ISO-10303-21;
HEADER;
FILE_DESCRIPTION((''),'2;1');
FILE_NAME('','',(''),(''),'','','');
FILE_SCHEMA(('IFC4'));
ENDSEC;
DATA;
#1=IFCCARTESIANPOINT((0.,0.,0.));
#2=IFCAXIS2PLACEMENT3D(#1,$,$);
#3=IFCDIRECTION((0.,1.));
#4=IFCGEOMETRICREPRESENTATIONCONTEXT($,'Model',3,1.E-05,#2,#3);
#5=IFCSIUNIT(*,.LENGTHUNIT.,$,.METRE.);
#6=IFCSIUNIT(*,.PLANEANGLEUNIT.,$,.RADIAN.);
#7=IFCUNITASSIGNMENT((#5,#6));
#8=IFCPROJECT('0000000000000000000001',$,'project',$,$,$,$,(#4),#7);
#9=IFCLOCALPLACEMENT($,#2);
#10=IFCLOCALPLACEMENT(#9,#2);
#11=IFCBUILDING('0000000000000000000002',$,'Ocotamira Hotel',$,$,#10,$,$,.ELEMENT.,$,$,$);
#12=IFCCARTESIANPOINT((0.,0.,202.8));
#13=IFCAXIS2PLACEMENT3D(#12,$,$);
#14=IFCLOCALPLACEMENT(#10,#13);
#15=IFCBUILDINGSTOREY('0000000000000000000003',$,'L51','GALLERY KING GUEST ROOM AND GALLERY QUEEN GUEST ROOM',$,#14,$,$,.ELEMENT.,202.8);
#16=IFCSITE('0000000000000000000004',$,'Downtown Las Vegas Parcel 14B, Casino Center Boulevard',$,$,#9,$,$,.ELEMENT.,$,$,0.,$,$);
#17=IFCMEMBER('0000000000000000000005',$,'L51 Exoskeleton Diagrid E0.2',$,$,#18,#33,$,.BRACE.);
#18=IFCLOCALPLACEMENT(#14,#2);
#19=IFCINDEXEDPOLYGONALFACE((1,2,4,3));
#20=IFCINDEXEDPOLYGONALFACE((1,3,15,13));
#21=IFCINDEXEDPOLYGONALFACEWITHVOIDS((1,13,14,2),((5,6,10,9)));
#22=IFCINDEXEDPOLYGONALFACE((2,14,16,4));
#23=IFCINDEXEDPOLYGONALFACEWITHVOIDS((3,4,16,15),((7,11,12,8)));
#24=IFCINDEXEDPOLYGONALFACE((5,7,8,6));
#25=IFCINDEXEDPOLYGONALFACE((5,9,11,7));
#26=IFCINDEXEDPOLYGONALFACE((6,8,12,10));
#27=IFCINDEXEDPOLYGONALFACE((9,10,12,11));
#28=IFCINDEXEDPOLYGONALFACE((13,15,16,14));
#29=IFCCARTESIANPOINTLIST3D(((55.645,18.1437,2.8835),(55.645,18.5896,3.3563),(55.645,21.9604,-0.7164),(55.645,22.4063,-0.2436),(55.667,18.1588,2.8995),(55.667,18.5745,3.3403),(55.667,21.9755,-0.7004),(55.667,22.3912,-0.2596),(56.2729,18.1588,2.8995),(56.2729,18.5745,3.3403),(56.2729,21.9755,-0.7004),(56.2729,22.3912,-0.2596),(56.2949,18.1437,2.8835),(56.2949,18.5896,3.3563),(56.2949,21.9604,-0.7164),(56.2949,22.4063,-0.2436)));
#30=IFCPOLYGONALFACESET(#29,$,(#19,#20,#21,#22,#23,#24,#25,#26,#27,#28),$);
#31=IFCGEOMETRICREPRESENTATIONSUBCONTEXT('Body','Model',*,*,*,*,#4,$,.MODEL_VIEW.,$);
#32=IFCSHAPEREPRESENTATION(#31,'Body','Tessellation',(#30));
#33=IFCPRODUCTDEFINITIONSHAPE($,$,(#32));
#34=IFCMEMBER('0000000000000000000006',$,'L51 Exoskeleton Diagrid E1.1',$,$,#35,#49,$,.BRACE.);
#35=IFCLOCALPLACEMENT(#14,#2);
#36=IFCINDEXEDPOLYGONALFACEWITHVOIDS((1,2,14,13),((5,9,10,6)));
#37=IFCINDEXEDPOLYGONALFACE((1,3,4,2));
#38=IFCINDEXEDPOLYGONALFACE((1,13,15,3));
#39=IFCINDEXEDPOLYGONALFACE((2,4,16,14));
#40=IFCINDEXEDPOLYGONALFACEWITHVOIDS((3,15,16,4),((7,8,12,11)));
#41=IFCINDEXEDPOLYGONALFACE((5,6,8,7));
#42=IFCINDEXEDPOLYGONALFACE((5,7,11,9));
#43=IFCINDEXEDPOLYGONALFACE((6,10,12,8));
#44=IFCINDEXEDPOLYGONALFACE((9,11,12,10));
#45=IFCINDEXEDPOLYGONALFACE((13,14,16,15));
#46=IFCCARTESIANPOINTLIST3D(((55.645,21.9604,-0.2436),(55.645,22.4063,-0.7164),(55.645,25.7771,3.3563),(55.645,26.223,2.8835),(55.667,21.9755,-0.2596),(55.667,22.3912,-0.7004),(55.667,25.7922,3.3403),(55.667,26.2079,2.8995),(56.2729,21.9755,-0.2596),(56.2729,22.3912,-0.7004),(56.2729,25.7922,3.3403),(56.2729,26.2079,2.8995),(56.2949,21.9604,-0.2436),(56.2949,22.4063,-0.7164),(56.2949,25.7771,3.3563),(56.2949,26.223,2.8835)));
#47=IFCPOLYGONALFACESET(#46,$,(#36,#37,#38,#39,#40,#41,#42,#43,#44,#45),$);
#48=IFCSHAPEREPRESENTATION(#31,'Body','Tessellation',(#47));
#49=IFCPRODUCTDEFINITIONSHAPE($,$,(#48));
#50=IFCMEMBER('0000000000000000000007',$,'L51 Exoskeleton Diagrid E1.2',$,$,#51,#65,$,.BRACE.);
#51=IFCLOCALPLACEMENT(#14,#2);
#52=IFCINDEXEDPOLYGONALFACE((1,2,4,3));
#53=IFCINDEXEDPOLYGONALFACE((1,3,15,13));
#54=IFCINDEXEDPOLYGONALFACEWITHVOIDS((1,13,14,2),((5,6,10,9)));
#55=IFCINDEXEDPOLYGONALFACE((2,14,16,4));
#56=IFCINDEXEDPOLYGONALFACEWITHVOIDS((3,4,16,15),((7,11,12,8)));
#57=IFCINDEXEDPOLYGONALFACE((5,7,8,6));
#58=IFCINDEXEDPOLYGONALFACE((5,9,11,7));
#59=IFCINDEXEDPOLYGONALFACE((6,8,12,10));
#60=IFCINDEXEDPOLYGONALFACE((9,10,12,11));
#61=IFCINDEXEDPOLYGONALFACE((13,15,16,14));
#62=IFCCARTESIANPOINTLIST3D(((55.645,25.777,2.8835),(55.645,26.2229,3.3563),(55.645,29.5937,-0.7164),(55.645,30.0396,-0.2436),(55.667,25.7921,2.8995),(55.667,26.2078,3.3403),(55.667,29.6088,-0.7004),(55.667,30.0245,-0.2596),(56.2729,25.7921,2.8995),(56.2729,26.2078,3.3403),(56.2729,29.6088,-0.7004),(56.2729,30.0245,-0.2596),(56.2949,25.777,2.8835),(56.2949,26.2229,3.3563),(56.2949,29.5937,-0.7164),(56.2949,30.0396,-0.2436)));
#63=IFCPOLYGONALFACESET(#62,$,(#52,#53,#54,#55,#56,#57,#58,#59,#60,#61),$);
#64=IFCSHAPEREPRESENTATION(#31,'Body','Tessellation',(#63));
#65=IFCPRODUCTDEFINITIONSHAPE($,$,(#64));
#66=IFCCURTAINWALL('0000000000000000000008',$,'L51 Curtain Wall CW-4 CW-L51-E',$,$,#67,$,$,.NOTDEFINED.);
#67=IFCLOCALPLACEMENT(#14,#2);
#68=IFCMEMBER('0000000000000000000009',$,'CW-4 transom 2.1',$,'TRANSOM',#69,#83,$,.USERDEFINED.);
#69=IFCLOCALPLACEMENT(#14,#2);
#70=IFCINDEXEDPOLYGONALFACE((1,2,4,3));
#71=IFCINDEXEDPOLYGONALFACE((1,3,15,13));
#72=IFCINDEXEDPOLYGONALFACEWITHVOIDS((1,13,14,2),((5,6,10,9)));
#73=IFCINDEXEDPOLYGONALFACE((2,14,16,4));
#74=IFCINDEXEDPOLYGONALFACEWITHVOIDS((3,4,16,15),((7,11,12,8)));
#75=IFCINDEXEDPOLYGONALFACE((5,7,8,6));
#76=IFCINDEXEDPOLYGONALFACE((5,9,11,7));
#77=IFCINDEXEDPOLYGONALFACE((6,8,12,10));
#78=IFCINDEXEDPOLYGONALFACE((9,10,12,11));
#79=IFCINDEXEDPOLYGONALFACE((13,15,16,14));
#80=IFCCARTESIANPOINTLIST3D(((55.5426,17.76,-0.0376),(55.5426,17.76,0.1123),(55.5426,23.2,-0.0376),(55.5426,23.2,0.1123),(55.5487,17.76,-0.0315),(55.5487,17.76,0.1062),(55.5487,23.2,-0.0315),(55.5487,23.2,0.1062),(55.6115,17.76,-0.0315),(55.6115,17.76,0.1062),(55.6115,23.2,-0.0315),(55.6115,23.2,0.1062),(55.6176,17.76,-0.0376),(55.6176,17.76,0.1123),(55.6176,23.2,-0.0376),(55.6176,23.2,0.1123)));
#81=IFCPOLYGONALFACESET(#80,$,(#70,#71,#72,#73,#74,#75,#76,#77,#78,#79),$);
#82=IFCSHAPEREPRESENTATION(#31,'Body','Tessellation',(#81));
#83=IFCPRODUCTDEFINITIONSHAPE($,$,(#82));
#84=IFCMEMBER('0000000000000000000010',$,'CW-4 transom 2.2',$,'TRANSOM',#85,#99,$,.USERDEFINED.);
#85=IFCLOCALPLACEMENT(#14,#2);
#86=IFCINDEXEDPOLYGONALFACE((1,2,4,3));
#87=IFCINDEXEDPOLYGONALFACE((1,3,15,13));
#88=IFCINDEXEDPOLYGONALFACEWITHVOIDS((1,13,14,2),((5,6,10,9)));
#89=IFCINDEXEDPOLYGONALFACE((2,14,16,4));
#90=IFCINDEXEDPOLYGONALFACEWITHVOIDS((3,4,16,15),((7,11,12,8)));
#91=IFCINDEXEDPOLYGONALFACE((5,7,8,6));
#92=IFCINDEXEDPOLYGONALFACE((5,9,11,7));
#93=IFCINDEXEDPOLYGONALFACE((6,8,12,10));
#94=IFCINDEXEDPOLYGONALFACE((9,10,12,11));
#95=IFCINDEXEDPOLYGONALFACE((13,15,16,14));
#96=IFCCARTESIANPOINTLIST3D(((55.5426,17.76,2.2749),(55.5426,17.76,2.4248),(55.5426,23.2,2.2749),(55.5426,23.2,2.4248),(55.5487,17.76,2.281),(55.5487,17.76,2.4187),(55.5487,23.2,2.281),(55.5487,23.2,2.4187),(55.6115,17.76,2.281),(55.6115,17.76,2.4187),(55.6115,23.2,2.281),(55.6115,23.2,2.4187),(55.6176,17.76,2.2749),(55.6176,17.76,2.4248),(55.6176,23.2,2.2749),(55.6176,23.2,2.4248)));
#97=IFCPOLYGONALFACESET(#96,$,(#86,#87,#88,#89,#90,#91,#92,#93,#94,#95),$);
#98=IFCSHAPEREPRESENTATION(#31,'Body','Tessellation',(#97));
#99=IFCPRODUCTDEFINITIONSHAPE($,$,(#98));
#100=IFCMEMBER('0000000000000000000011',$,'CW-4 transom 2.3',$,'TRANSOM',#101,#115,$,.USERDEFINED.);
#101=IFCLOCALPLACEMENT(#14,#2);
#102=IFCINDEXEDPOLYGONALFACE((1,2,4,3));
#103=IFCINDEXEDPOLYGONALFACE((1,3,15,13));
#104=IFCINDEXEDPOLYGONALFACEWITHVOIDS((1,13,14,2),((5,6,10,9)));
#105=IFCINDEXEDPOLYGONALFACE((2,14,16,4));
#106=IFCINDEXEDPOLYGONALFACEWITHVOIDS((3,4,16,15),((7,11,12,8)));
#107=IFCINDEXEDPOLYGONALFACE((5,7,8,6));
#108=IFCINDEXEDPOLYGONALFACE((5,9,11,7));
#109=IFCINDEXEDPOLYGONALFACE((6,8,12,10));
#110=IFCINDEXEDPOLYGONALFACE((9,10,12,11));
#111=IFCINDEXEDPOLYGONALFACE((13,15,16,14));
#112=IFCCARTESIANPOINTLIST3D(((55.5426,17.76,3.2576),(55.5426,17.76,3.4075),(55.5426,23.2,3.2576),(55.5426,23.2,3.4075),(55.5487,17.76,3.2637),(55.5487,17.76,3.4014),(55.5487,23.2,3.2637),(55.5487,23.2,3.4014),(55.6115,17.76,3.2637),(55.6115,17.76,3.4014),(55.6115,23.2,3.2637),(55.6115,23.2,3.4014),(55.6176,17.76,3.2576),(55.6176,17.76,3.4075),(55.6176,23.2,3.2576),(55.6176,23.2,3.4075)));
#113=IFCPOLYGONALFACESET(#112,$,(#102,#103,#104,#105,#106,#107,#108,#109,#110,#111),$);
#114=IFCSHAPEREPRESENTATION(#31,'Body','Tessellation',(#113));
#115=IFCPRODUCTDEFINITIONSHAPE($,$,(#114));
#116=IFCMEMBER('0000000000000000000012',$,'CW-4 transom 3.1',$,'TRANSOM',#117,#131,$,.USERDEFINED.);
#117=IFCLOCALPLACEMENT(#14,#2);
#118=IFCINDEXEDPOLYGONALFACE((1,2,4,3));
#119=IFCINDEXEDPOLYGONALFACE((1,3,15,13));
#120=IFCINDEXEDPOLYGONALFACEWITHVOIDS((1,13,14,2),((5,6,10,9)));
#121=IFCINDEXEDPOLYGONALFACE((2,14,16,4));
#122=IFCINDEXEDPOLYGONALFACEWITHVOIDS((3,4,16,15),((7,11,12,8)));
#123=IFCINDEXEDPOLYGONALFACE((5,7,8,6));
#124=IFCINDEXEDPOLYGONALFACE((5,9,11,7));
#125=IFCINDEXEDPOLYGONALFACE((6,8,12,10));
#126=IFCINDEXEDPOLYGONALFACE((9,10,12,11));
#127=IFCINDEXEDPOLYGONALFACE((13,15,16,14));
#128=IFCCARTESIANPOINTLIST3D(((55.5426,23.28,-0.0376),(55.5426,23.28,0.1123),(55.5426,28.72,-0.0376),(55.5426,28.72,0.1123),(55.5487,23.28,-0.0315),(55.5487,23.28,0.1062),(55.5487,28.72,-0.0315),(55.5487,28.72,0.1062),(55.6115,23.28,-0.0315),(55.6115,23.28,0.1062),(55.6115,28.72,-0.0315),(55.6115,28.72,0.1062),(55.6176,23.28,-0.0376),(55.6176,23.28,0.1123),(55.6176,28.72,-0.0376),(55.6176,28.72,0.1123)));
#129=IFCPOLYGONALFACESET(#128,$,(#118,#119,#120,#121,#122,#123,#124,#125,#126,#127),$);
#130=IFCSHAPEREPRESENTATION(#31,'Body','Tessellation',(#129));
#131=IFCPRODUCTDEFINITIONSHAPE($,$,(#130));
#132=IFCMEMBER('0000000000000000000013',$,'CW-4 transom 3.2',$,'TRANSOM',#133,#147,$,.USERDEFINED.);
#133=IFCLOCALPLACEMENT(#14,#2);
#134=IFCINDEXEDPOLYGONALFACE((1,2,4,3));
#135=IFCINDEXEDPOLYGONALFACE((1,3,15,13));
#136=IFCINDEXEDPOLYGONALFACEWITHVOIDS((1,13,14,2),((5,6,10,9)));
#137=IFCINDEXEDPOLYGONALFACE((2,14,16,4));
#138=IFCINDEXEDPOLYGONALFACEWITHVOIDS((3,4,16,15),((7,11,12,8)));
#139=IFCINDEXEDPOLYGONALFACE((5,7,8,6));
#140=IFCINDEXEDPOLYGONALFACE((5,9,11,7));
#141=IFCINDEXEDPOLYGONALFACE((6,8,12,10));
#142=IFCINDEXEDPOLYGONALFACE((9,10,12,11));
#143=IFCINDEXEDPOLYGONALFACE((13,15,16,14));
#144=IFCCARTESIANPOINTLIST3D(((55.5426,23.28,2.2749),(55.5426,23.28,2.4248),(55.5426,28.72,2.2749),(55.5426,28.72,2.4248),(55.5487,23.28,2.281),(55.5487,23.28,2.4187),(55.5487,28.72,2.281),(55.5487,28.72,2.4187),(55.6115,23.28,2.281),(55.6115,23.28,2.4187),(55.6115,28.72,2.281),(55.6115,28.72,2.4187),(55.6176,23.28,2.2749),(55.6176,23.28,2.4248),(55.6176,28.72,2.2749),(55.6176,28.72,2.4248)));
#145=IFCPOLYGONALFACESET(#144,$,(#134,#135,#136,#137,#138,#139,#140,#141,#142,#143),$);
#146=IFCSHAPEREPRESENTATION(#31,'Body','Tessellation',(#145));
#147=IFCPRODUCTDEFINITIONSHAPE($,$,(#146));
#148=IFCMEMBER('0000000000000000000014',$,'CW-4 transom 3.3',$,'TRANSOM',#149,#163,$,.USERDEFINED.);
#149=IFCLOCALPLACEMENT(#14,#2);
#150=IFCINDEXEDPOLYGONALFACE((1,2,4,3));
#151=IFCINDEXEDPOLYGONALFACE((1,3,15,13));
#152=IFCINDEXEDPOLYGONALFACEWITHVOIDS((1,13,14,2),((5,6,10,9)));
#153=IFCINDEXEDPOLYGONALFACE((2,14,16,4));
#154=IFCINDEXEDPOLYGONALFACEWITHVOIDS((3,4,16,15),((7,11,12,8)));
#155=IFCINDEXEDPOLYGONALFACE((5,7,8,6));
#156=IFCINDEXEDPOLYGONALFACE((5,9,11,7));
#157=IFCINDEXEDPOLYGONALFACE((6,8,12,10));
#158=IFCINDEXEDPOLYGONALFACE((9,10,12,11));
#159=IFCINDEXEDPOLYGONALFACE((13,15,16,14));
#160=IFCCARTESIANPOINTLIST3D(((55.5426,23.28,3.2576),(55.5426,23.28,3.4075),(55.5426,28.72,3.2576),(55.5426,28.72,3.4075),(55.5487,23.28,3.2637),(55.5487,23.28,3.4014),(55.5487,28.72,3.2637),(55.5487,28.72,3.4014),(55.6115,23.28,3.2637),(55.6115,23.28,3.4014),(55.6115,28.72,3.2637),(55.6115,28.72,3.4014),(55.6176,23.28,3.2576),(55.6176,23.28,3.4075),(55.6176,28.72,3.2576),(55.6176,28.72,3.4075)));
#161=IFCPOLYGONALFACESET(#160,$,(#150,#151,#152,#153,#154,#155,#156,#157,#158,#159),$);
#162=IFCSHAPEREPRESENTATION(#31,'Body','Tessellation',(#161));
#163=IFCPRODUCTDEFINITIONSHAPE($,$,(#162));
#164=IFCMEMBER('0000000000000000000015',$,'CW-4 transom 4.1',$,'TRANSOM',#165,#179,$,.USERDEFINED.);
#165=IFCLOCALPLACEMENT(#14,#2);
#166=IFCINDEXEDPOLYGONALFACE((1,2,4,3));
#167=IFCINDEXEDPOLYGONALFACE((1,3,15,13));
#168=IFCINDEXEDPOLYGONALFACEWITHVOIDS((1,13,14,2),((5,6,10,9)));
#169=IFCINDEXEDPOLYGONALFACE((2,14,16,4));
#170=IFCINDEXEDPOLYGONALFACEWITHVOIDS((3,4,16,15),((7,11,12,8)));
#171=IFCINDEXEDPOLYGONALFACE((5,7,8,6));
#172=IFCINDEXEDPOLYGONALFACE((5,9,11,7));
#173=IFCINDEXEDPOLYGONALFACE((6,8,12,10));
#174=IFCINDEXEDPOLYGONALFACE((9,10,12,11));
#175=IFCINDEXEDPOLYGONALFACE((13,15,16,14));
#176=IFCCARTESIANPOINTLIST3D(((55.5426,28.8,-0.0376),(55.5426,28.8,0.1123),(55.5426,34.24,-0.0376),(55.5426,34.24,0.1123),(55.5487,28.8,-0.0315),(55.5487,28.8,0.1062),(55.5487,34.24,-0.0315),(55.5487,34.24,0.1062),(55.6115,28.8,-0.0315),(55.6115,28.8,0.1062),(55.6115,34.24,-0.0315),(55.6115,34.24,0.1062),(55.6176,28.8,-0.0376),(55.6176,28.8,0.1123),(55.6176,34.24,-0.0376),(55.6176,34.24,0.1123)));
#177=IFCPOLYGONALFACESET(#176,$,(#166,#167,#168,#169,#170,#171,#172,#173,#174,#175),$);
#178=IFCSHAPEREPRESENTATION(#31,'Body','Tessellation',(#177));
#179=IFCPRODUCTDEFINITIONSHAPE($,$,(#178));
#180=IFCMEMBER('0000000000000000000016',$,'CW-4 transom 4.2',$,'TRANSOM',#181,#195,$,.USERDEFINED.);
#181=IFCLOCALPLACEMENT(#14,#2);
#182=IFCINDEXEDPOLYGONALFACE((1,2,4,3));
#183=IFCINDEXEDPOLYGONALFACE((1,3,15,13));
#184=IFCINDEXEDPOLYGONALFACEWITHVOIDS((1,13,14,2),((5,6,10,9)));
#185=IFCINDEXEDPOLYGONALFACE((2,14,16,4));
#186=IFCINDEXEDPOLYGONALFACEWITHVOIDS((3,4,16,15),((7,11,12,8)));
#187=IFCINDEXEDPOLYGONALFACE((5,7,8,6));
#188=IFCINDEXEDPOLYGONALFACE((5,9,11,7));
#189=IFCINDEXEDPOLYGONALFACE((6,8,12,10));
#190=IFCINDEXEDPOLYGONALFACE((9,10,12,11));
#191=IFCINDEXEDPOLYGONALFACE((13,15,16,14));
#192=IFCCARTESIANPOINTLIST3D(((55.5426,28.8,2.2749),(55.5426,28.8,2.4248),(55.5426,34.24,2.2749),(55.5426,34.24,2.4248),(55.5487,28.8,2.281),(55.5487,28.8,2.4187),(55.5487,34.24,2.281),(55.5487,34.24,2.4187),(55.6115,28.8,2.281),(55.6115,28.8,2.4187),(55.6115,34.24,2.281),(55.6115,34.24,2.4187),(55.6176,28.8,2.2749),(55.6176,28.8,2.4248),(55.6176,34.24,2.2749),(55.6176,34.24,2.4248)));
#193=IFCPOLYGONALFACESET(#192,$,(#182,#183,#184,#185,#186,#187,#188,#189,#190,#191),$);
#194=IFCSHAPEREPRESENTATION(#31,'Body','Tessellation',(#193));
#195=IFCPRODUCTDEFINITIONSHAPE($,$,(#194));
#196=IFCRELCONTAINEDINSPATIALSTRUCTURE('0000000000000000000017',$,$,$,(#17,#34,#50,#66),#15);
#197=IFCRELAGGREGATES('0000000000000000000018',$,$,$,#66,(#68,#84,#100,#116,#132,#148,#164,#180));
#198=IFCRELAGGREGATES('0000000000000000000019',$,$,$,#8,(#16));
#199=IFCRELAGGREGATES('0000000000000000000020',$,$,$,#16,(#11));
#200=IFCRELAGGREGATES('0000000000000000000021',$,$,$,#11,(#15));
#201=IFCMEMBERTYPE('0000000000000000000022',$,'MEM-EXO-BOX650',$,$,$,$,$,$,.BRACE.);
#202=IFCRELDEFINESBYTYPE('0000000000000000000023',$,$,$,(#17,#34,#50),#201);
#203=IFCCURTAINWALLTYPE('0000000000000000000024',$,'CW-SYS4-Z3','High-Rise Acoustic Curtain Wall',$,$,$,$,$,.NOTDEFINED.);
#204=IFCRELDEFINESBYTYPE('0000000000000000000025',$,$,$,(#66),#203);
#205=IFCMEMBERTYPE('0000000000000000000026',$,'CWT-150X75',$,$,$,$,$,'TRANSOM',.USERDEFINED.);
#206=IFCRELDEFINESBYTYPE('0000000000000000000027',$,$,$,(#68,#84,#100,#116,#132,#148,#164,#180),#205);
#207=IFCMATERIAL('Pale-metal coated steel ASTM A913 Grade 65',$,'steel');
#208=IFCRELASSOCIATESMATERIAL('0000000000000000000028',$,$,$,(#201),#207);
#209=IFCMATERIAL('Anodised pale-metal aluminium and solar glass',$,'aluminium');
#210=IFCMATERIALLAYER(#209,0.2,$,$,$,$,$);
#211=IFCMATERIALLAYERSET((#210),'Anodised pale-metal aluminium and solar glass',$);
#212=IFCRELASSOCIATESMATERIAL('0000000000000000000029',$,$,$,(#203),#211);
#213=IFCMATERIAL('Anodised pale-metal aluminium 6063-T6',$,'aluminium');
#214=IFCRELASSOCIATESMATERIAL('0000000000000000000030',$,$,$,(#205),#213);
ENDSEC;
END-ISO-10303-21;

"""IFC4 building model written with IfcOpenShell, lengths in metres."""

from ifc_helpers import new_model, si_unit, direction, frame, origin, origin_2d, place, context, subcontext, project, spatial, hollow_rectangle, extrude, source, transform, mapped, material, layer, layer_set, material_profile, profile_set, type_object, element, aggregate, save


model = new_model("IFC4")

# Units and contexts
model_context = context("Model", 3, precision=1e-05, world=origin(), true_north=direction((0.0, 1.0)))
body_context = subcontext(model_context, "Body", "Model", "MODEL_VIEW")
ifc_project = project(units=[si_unit("LENGTHUNIT", "METRE"), si_unit("PLANEANGLEUNIT", "RADIAN")], contexts=[model_context])

# Site, building, storey
site_placement = place(None, origin())
site = spatial("IfcSite", under=ifc_project, at=site_placement, Name="Downtown Las Vegas Parcel 14B, Casino Center Boulevard", CompositionType="ELEMENT", RefElevation=0.0)
building_placement = place(site_placement, origin())
building = spatial("IfcBuilding", under=site, at=building_placement, Name="Ocotamira Hotel", CompositionType="ELEMENT")
storey_placement = place(building_placement, frame((0.0, 0.0, 202.8)))
storey = spatial("IfcBuildingStorey", under=building, at=storey_placement, Name="L51", Description="GALLERY KING GUEST ROOM AND GALLERY QUEEN GUEST ROOM", CompositionType="ELEMENT", Elevation=202.8)

# Members
ifc_material_1 = material(Name="Pale-metal coated steel ASTM A913 Grade 65", Category="steel")
ifc_material_profile_1 = material_profile(ifc_material_1, hollow_rectangle(XDim=0.6499, YDim=0.6499, WallThickness=0.022, at=origin_2d()), Name="BOX650X650X22")
ifc_profile_set_1 = profile_set([ifc_material_profile_1], Name="Pale-metal coated steel ASTM A913 Grade 65")
member_type_1 = type_object("IfcMemberType", Name="MEM-EXO-BOX650", PredefinedType="BRACE", material=ifc_profile_set_1)
shared_shape_1 = source(origin(), body_context, "Body", "SweptSolid", [
    extrude(hollow_rectangle(XDim=0.6499, YDim=0.6499, WallThickness=0.022, at=origin_2d()), origin(), (0.0, 0.0, 1.0), 5.2466),
])
for number, where, z_axis, x_axis, name in (
    (1, (55.97, 22.1833, -0.48), (0.0, -0.727466, 0.686144), (1.0, 0.0, 0.0), "L51 Exoskeleton Diagrid E0.2"),
    (2, (55.97, 22.1833, -0.48), (0.0, 0.727466, 0.686144), (-1.0, 0.0, 0.0), "L51 Exoskeleton Diagrid E1.1"),
    (3, (55.97, 29.8167, -0.48), (0.0, -0.727466, 0.686144), (1.0, 0.0, 0.0), "L51 Exoskeleton Diagrid E1.2"),
):
    element("IfcMember", number, at=place(storey_placement, frame(where, z_axis=z_axis, x_axis=x_axis)), inside=storey, type_object=member_type_1, Name=name, PredefinedType="BRACE", context=body_context, shape_type="MappedRepresentation", body=[
        mapped(shared_shape_1, transform((0.0, 0.0, 0.0), scale=1.0)),
    ])

# Curtain wall, members
ifc_material_2 = material(Name="Anodised pale-metal aluminium and solar glass", Category="aluminium")
ifc_layer_1 = layer(ifc_material_2, 0.2)
ifc_layer_set_1 = layer_set([ifc_layer_1], Name="Anodised pale-metal aluminium and solar glass")
curtain_wall_type = type_object("IfcCurtainWallType", Name="CW-SYS4-Z3", Description="High-Rise Acoustic Curtain Wall", PredefinedType="NOTDEFINED", material=ifc_layer_set_1)
curtain_wall_placement = place(storey_placement, origin())
curtain_wall = element("IfcCurtainWall", 4, at=curtain_wall_placement, inside=storey, type_object=curtain_wall_type, Name="L51 Curtain Wall CW-4 CW-L51-E", PredefinedType="NOTDEFINED")
ifc_material_3 = material(Name="Anodised pale-metal aluminium 6063-T6", Category="aluminium")
ifc_material_profile_2 = material_profile(ifc_material_3, hollow_rectangle(XDim=0.075, YDim=0.1499, WallThickness=0.0061, at=origin_2d()), Name="HSS150X75X6")
ifc_profile_set_2 = profile_set([ifc_material_profile_2], Name="Anodised pale-metal aluminium 6063-T6")
member_type_2 = type_object("IfcMemberType", Name="CWT-150X75", ElementType="TRANSOM", PredefinedType="USERDEFINED", material=ifc_profile_set_2)
shared_shape_2 = source(origin(), body_context, "Body", "SweptSolid", [
    extrude(hollow_rectangle(XDim=0.075, YDim=0.1499, WallThickness=0.0061, at=origin_2d()), origin(), (0.0, 0.0, 1.0), 5.4399),
])
member_1_placement = place(storey_placement, frame((55.5801, 17.76, 0.0374), z_axis=(0.0, 1.0, 0.0), x_axis=(-1.0, 0.0, 0.0)))
member_1 = element("IfcMember", 5, at=member_1_placement, type_object=member_type_2, Name="CW-4 transom 2.1", ObjectType="TRANSOM", PredefinedType="USERDEFINED", context=body_context, shape_type="MappedRepresentation", body=[
    mapped(shared_shape_2, transform((0.0, 0.0, 0.0), scale=1.0)),
])
member_2_placement = place(storey_placement, frame((55.5801, 17.76, 2.3499), z_axis=(0.0, 1.0, 0.0), x_axis=(-1.0, 0.0, 0.0)))
member_2 = element("IfcMember", 6, at=member_2_placement, type_object=member_type_2, Name="CW-4 transom 2.2", ObjectType="TRANSOM", PredefinedType="USERDEFINED", context=body_context, shape_type="MappedRepresentation", body=[
    mapped(shared_shape_2, transform((0.0, 0.0, 0.0), scale=1.0)),
])
member_3_placement = place(storey_placement, frame((55.5801, 17.76, 3.3325), z_axis=(0.0, 1.0, 0.0), x_axis=(-1.0, 0.0, 0.0)))
member_3 = element("IfcMember", 7, at=member_3_placement, type_object=member_type_2, Name="CW-4 transom 2.3", ObjectType="TRANSOM", PredefinedType="USERDEFINED", context=body_context, shape_type="MappedRepresentation", body=[
    mapped(shared_shape_2, transform((0.0, 0.0, 0.0), scale=1.0)),
])
member_4_placement = place(storey_placement, frame((55.5801, 23.28, 0.0374), z_axis=(0.0, 1.0, 0.0), x_axis=(-1.0, 0.0, 0.0)))
member_4 = element("IfcMember", 8, at=member_4_placement, type_object=member_type_2, Name="CW-4 transom 3.1", ObjectType="TRANSOM", PredefinedType="USERDEFINED", context=body_context, shape_type="MappedRepresentation", body=[
    mapped(shared_shape_2, transform((0.0, 0.0, 0.0), scale=1.0)),
])
member_5_placement = place(storey_placement, frame((55.5801, 23.28, 2.3499), z_axis=(0.0, 1.0, 0.0), x_axis=(-1.0, 0.0, 0.0)))
member_5 = element("IfcMember", 9, at=member_5_placement, type_object=member_type_2, Name="CW-4 transom 3.2", ObjectType="TRANSOM", PredefinedType="USERDEFINED", context=body_context, shape_type="MappedRepresentation", body=[
    mapped(shared_shape_2, transform((0.0, 0.0, 0.0), scale=1.0)),
])
member_6_placement = place(storey_placement, frame((55.5801, 23.28, 3.3325), z_axis=(0.0, 1.0, 0.0), x_axis=(-1.0, 0.0, 0.0)))
member_6 = element("IfcMember", 10, at=member_6_placement, type_object=member_type_2, Name="CW-4 transom 3.3", ObjectType="TRANSOM", PredefinedType="USERDEFINED", context=body_context, shape_type="MappedRepresentation", body=[
    mapped(shared_shape_2, transform((0.0, 0.0, 0.0), scale=1.0)),
])
member_7_placement = place(storey_placement, frame((55.5801, 28.8, 0.0374), z_axis=(0.0, 1.0, 0.0), x_axis=(-1.0, 0.0, 0.0)))
member_7 = element("IfcMember", 11, at=member_7_placement, type_object=member_type_2, Name="CW-4 transom 4.1", ObjectType="TRANSOM", PredefinedType="USERDEFINED", context=body_context, shape_type="MappedRepresentation", body=[
    mapped(shared_shape_2, transform((0.0, 0.0, 0.0), scale=1.0)),
])
member_8_placement = place(storey_placement, frame((55.5801, 28.8, 2.3499), z_axis=(0.0, 1.0, 0.0), x_axis=(-1.0, 0.0, 0.0)))
member_8 = element("IfcMember", 12, at=member_8_placement, type_object=member_type_2, Name="CW-4 transom 4.2", ObjectType="TRANSOM", PredefinedType="USERDEFINED", context=body_context, shape_type="MappedRepresentation", body=[
    mapped(shared_shape_2, transform((0.0, 0.0, 0.0), scale=1.0)),
])

aggregate(curtain_wall, [member_1, member_2, member_3, member_4, member_5, member_6, member_7, member_8])

save(model, "model.ifc")
